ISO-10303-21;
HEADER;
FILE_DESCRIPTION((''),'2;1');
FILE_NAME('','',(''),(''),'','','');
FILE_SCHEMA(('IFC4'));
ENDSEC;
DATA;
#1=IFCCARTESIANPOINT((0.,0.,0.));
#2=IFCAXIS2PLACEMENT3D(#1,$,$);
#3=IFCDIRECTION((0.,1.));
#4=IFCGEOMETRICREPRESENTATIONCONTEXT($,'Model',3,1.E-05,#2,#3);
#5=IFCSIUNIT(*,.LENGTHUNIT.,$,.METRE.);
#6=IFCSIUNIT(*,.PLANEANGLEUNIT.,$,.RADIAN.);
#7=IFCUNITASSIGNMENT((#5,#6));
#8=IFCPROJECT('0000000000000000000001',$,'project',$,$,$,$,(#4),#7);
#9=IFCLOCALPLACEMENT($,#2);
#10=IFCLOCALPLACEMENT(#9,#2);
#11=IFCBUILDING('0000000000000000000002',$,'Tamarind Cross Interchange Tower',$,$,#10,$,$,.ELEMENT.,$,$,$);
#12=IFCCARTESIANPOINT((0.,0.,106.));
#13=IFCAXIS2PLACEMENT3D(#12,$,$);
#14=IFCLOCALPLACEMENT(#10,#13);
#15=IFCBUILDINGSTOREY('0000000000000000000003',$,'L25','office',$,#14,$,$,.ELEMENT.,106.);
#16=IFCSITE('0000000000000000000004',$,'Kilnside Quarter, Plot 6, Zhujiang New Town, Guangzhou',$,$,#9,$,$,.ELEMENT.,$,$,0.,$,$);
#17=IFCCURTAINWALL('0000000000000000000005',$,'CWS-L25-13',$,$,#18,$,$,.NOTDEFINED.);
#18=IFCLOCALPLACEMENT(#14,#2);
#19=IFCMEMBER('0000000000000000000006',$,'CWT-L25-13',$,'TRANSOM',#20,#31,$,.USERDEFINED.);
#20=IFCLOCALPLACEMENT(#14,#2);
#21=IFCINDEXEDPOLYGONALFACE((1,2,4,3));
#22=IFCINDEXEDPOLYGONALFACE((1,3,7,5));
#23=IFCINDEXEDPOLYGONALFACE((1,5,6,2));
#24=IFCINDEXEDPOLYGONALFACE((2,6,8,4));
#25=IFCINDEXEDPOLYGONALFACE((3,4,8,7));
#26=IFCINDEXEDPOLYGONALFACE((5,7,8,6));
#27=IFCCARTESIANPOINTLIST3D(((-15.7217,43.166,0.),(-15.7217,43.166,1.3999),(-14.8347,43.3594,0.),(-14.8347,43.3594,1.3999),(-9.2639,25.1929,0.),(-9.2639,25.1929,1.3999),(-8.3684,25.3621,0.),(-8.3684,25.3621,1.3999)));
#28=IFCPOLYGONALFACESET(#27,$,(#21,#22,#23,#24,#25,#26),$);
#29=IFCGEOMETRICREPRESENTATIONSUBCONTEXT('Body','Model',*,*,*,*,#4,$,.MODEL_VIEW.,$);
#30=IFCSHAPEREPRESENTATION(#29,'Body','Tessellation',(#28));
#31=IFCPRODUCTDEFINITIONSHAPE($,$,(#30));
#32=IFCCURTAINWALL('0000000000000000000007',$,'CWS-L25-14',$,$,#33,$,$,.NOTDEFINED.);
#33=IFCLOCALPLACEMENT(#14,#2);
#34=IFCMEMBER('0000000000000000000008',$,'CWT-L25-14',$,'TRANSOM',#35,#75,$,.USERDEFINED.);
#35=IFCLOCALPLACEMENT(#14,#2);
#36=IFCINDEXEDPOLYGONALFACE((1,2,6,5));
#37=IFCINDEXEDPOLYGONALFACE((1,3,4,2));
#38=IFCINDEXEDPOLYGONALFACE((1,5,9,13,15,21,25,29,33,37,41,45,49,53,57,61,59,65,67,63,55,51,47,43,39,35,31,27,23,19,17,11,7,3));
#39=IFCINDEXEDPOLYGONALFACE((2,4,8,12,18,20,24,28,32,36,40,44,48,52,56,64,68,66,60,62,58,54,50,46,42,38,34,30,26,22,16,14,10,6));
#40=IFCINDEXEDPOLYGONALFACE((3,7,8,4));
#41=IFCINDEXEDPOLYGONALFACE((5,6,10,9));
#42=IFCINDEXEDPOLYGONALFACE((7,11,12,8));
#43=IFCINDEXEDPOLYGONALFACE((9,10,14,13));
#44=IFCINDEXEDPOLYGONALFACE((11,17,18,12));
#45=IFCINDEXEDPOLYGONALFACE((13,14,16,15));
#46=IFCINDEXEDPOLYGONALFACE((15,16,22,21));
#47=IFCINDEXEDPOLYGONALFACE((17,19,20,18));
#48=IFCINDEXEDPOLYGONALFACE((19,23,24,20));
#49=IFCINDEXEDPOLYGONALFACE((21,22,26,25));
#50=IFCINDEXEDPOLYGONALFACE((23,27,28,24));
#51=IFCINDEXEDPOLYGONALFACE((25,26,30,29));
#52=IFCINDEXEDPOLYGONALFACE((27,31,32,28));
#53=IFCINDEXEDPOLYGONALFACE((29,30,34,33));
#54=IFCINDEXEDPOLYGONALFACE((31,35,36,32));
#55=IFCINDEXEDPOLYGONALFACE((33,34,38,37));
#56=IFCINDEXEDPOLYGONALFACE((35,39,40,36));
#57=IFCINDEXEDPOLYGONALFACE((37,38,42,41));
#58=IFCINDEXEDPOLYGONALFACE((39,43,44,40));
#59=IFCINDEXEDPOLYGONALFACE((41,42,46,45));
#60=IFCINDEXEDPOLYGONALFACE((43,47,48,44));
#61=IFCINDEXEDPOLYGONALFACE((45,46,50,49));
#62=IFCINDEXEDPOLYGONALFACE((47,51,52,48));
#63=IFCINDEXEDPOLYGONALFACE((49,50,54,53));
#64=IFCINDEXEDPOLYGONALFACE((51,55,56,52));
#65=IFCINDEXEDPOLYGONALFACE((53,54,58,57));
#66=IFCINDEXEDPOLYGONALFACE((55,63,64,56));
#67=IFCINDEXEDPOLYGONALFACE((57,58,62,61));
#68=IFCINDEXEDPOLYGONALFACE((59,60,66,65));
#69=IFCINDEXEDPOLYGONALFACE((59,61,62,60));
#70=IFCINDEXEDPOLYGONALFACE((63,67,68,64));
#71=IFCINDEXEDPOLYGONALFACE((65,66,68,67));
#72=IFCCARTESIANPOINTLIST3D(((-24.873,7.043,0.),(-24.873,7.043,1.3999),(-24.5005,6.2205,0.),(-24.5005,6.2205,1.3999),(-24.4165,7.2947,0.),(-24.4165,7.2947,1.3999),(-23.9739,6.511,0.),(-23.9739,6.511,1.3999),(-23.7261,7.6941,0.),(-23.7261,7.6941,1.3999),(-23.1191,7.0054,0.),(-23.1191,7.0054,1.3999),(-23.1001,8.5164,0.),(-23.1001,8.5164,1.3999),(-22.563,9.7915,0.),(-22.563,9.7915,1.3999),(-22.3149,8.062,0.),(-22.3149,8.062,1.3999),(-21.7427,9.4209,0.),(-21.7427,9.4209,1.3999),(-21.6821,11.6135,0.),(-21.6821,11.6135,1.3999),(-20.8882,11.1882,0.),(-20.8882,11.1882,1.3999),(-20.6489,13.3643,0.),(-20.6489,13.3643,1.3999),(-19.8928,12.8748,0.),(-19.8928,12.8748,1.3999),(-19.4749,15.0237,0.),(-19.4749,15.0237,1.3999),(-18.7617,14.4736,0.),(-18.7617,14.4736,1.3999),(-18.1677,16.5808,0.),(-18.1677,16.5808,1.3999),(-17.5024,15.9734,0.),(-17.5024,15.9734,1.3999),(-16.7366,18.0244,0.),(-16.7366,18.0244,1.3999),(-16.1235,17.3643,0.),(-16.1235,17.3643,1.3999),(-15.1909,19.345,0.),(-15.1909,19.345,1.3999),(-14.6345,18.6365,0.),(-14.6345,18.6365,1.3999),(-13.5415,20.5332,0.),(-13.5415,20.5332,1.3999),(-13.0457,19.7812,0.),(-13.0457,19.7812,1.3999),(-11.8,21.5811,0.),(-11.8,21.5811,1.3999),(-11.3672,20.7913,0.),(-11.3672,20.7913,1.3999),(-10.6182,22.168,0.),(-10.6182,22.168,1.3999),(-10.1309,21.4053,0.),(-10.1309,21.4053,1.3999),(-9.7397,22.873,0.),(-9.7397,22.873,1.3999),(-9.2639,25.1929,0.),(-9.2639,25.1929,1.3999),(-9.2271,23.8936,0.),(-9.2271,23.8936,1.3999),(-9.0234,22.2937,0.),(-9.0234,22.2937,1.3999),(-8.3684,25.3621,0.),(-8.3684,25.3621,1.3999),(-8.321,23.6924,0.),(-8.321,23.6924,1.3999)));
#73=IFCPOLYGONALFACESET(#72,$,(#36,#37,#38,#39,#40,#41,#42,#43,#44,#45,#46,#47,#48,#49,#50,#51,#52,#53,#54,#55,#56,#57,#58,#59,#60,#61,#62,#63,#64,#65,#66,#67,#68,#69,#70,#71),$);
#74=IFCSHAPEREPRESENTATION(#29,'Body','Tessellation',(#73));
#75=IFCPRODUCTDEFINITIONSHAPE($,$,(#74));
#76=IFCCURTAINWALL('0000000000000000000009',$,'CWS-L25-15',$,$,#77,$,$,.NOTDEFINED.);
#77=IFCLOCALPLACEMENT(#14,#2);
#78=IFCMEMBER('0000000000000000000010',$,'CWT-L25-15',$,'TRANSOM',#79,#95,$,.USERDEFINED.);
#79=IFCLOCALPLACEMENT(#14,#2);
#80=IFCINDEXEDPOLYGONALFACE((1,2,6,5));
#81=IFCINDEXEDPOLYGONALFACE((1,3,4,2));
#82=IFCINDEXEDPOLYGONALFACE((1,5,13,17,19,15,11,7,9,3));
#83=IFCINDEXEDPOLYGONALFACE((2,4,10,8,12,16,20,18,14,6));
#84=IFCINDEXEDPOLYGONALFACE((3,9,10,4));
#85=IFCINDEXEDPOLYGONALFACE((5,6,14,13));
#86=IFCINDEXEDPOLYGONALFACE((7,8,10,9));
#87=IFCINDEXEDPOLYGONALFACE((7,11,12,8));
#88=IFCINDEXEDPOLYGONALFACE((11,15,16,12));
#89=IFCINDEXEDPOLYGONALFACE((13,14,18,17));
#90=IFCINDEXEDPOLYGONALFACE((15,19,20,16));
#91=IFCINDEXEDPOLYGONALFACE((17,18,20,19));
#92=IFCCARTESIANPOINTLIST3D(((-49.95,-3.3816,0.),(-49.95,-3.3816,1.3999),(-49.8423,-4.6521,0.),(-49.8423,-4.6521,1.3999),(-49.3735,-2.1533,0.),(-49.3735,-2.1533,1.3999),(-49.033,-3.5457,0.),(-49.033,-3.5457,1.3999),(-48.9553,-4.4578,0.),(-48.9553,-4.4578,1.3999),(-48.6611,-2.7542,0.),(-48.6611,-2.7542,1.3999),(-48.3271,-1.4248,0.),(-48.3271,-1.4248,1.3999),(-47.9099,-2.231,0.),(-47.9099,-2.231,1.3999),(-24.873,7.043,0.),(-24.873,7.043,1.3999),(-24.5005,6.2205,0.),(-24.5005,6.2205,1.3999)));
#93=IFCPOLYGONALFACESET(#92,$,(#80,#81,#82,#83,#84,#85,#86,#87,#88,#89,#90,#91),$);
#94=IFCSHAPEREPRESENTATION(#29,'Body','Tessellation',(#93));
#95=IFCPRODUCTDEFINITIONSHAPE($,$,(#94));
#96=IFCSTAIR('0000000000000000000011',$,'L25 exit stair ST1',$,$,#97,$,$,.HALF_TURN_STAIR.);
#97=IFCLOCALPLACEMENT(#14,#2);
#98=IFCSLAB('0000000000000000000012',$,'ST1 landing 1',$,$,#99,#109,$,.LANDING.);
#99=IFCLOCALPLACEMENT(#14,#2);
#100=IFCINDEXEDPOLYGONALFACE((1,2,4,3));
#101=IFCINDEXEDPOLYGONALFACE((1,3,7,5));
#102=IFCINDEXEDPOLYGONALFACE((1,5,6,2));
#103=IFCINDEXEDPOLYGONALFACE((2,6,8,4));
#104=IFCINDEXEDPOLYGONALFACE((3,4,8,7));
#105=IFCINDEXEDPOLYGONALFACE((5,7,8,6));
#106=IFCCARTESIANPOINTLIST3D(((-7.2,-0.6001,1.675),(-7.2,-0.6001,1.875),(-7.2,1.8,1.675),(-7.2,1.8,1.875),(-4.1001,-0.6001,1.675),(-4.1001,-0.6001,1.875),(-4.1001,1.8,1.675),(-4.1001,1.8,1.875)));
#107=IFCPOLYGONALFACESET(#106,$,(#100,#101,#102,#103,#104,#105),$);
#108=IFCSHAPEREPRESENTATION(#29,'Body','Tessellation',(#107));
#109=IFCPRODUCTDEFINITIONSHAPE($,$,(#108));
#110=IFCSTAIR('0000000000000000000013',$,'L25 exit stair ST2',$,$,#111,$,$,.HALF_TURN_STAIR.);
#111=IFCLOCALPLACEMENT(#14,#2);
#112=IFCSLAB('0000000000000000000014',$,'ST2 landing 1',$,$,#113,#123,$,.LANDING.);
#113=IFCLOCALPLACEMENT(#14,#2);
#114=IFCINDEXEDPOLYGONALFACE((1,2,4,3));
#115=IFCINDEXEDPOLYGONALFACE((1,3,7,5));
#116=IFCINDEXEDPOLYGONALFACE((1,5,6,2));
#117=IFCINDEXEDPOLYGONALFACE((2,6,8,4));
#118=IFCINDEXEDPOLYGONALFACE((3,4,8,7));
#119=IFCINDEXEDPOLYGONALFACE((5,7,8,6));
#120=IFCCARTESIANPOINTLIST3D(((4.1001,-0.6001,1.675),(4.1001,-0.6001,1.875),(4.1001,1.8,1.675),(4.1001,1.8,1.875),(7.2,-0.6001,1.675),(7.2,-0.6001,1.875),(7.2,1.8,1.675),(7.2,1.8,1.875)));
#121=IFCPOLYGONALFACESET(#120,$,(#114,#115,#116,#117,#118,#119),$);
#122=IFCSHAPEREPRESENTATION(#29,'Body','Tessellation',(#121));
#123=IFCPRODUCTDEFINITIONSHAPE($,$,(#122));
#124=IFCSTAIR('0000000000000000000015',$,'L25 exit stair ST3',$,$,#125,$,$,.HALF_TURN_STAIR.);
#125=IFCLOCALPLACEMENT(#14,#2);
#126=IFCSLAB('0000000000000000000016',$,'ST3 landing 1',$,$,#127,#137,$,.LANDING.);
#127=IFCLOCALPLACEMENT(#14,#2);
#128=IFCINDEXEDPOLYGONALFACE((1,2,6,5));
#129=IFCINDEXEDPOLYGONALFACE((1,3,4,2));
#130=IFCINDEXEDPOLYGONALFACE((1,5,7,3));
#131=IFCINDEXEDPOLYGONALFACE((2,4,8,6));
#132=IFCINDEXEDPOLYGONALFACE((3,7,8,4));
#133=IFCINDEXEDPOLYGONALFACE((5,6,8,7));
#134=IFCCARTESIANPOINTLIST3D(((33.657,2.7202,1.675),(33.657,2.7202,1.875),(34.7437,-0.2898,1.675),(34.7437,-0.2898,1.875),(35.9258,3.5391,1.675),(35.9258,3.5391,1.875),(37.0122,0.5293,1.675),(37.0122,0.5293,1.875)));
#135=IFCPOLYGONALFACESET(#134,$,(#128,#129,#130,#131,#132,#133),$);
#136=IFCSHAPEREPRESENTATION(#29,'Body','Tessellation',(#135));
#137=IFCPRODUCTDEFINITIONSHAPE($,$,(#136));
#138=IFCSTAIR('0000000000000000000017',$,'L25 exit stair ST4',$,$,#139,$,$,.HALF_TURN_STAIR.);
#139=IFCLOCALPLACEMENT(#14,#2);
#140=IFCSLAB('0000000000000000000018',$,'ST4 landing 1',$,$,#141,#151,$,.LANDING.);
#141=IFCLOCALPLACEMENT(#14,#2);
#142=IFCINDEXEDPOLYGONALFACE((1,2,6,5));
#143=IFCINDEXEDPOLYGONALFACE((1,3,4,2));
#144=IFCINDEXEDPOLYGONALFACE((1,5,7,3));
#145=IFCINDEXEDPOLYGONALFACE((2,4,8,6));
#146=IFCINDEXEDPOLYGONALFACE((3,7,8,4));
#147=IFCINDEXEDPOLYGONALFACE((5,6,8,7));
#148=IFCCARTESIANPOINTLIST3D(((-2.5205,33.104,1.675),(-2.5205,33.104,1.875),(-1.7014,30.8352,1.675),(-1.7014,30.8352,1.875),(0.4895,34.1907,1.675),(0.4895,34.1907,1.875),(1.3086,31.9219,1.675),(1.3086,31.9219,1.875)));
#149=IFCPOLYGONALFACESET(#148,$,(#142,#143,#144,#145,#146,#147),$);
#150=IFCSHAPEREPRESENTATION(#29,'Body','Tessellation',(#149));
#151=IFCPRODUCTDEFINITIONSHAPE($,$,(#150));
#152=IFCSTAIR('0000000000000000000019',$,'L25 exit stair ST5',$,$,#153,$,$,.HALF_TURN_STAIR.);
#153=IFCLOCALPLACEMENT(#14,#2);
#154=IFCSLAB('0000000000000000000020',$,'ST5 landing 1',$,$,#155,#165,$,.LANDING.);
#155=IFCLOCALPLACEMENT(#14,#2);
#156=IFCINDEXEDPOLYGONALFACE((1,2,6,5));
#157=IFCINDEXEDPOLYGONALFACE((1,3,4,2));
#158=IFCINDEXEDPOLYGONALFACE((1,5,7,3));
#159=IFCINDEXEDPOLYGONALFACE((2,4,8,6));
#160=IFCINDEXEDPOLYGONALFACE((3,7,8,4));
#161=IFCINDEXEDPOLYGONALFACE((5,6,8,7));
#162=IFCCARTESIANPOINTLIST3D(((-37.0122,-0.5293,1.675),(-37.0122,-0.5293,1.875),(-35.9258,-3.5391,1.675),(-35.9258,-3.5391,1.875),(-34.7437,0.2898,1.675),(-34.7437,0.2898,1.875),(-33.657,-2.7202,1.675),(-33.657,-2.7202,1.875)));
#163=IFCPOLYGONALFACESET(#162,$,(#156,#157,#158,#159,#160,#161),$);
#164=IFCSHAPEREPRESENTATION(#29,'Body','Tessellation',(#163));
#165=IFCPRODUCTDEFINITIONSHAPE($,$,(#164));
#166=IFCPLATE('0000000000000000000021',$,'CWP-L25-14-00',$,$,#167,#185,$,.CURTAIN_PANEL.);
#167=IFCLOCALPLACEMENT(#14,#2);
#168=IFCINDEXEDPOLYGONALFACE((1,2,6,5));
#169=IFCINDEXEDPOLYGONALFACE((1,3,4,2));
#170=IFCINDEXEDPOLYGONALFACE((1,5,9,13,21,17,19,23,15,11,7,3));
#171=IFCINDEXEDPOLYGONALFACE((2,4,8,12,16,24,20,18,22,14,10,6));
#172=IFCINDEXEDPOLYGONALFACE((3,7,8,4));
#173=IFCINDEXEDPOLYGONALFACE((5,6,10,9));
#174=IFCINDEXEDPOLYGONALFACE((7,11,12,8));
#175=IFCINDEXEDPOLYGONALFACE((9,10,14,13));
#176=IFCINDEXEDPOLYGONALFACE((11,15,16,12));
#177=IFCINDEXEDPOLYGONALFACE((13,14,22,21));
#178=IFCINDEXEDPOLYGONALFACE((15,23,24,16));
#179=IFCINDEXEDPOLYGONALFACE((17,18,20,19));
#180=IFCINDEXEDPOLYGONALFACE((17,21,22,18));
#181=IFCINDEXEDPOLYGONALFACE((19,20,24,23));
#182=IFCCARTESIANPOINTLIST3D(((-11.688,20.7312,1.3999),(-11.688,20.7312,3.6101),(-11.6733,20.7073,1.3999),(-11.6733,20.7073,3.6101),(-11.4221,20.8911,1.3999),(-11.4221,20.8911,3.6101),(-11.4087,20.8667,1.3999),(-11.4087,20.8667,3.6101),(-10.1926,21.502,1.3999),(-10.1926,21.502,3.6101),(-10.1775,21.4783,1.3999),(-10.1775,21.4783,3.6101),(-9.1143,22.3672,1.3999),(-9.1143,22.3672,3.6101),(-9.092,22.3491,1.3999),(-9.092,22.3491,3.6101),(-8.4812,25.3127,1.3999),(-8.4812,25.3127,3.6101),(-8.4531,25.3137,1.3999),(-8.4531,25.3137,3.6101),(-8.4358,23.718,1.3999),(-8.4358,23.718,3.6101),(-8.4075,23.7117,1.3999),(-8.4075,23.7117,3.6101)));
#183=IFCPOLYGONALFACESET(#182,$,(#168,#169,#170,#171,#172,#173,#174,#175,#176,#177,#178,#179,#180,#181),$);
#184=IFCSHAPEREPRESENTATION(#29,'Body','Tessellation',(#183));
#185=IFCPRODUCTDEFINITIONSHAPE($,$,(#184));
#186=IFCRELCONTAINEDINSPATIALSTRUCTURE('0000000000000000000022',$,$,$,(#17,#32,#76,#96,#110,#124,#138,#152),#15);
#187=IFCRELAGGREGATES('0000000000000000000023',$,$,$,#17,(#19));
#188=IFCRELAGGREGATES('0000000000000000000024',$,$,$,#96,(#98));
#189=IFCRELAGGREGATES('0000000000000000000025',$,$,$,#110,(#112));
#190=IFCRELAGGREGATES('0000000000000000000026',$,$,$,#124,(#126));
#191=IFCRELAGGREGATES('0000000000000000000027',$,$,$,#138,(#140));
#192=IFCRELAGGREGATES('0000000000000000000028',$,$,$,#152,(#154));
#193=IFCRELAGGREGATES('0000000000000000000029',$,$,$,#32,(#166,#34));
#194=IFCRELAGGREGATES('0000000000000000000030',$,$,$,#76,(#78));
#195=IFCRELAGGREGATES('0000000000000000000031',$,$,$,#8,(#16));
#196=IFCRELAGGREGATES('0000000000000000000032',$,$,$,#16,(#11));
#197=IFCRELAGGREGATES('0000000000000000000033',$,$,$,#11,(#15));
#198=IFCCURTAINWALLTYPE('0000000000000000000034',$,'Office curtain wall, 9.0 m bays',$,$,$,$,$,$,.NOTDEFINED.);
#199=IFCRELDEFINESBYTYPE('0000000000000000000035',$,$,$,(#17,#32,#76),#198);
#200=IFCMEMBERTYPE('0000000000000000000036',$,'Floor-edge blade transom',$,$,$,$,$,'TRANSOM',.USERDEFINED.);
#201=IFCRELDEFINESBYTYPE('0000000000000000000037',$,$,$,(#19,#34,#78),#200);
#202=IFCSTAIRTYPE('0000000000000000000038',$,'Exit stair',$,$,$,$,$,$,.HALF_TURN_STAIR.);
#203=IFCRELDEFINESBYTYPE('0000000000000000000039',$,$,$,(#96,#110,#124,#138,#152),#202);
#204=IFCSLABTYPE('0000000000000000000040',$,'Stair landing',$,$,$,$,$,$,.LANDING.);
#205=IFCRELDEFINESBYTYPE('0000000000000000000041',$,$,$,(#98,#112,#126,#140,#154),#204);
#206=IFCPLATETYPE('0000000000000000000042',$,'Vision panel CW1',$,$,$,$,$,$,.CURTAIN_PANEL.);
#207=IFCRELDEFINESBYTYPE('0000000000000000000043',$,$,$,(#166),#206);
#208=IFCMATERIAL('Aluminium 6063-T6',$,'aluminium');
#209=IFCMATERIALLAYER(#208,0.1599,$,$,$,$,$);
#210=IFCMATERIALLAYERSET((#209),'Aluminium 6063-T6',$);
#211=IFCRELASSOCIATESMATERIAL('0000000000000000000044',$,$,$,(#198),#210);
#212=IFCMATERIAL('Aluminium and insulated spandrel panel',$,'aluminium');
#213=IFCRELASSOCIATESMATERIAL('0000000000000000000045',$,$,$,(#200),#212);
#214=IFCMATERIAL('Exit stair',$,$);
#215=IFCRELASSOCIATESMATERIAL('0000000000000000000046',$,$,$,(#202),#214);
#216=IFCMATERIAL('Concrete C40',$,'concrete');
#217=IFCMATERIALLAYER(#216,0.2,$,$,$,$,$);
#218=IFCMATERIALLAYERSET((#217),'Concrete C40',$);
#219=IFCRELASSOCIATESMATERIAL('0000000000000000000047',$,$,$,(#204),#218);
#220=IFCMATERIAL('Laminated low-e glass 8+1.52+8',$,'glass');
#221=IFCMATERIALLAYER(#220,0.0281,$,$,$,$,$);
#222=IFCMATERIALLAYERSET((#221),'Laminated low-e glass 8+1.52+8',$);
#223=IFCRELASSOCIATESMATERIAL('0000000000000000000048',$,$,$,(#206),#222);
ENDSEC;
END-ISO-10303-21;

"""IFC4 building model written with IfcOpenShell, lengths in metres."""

from ifc_helpers import new_model, si_unit, direction, frame, origin, place, context, subcontext, project, spatial, polyline, outline, extrude, material, layer, layer_set, type_object, element, aggregate, save


model = new_model("IFC4")

# Units and contexts
model_context = context("Model", 3, precision=1e-05, world=origin(), true_north=direction((0.0, 1.0)))
body_context = subcontext(model_context, "Body", "Model", "MODEL_VIEW")
ifc_project = project(units=[si_unit("LENGTHUNIT", "METRE"), si_unit("PLANEANGLEUNIT", "RADIAN")], contexts=[model_context])

# Site, building, storey
site_placement = place(None, origin())
site = spatial("IfcSite", under=ifc_project, at=site_placement, Name="Kilnside Quarter, Plot 6, Zhujiang New Town, Guangzhou", CompositionType="ELEMENT", RefElevation=0.0)
building_placement = place(site_placement, origin())
building = spatial("IfcBuilding", under=site, at=building_placement, Name="Tamarind Cross Interchange Tower", CompositionType="ELEMENT")
storey_placement = place(building_placement, frame((0.0, 0.0, 106.0)))
storey = spatial("IfcBuildingStorey", under=building, at=storey_placement, Name="L25", Description="office", CompositionType="ELEMENT", Elevation=106.0)

# Curtain walls, members
ifc_material_1 = material(Name="Aluminium 6063-T6", Category="aluminium")
ifc_layer_1 = layer(ifc_material_1, 0.1599)
ifc_layer_set_1 = layer_set([ifc_layer_1], Name="Aluminium 6063-T6")
curtain_wall_type = type_object("IfcCurtainWallType", Name="Office curtain wall, 9.0 m bays", PredefinedType="NOTDEFINED", material=ifc_layer_set_1)
curtain_wall_1_placement = place(storey_placement, origin())
curtain_wall_1 = element("IfcCurtainWall", 1, at=curtain_wall_1_placement, inside=storey, type_object=curtain_wall_type, Name="CWS-L25-13", PredefinedType="NOTDEFINED")
ifc_material_2 = material(Name="Aluminium and insulated spandrel panel", Category="aluminium")
member_type = type_object("IfcMemberType", Name="Floor-edge blade transom", ElementType="TRANSOM", PredefinedType="USERDEFINED", material=ifc_material_2)
member_1_placement = place(storey_placement, origin())
member_1 = element("IfcMember", 2, at=member_1_placement, type_object=member_type, Name="CWT-L25-13", ObjectType="TRANSOM", PredefinedType="USERDEFINED", context=body_context, shape_type="SweptSolid", body=[
    extrude(outline(polyline([(-14.8347, 43.3594), (-8.3684, 25.3621), (-9.2639, 25.1929), (-15.7217, 43.166), (-14.8347, 43.3594)])), origin(), (0.0, 0.0, 1.0), 1.3999),
])
aggregate(curtain_wall_1, [member_1])
curtain_wall_2_placement = place(storey_placement, origin())
curtain_wall_2 = element("IfcCurtainWall", 3, at=curtain_wall_2_placement, inside=storey, type_object=curtain_wall_type, Name="CWS-L25-14", PredefinedType="NOTDEFINED")
member_2_placement = place(storey_placement, origin())
member_2 = element("IfcMember", 4, at=member_2_placement, type_object=member_type, Name="CWT-L25-14", ObjectType="TRANSOM", PredefinedType="USERDEFINED", context=body_context, shape_type="SweptSolid", body=[
    extrude(outline(polyline([(-8.3684, 25.3621), (-8.321, 23.6924), (-9.0234, 22.2937), (-10.1309, 21.4053), (-11.3672, 20.7913), (-13.0457, 19.7812), (-14.6345, 18.6365), (-16.1235, 17.3643), (-17.5024, 15.9734), (-18.7617, 14.4736), (-19.8928, 12.8748), (-20.8882, 11.1882), (-21.7427, 9.4209), (-22.3149, 8.062), (-23.1191, 7.0054), (-23.9739, 6.511), (-24.5005, 6.2205), (-24.873, 7.043), (-24.4165, 7.2947), (-23.7261, 7.6941), (-23.1001, 8.5164), (-22.563, 9.7915), (-21.6821, 11.6135), (-20.6489, 13.3643), (-19.4749, 15.0237), (-18.1677, 16.5808), (-16.7366, 18.0244), (-15.1909, 19.345), (-13.5415, 20.5332), (-11.8, 21.5811), (-10.6182, 22.168), (-9.7397, 22.873), (-9.2271, 23.8936), (-9.2639, 25.1929), (-8.3684, 25.3621)])), origin(), (0.0, 0.0, 1.0), 1.3999),
])
curtain_wall_3_placement = place(storey_placement, origin())
curtain_wall_3 = element("IfcCurtainWall", 5, at=curtain_wall_3_placement, inside=storey, type_object=curtain_wall_type, Name="CWS-L25-15", PredefinedType="NOTDEFINED")
member_3_placement = place(storey_placement, origin())
member_3 = element("IfcMember", 6, at=member_3_placement, type_object=member_type, Name="CWT-L25-15", ObjectType="TRANSOM", PredefinedType="USERDEFINED", context=body_context, shape_type="SweptSolid", body=[
    extrude(outline(polyline([(-24.5005, 6.2205), (-47.9099, -2.231), (-48.6611, -2.7542), (-49.033, -3.5457), (-48.9553, -4.4578), (-49.8423, -4.6521), (-49.95, -3.3816), (-49.3735, -2.1533), (-48.3271, -1.4248), (-24.873, 7.043), (-24.5005, 6.2205)])), origin(), (0.0, 0.0, 1.0), 1.3999),
])

# Stairs, slabs
ifc_material_3 = material(Name="Exit stair")
stair_type = type_object("IfcStairType", Name="Exit stair", PredefinedType="HALF_TURN_STAIR", material=ifc_material_3)
stair_1_placement = place(storey_placement, origin())
stair_1 = element("IfcStair", 7, at=stair_1_placement, inside=storey, type_object=stair_type, Name="L25 exit stair ST1", PredefinedType="HALF_TURN_STAIR")
ifc_material_4 = material(Name="Concrete C40", Category="concrete")
ifc_layer_2 = layer(ifc_material_4, 0.2)
ifc_layer_set_2 = layer_set([ifc_layer_2], Name="Concrete C40")
slab_type = type_object("IfcSlabType", Name="Stair landing", PredefinedType="LANDING", material=ifc_layer_set_2)
slab_1_placement = place(storey_placement, frame((0.0, 0.0, 1.675)))
slab_1 = element("IfcSlab", 8, at=slab_1_placement, type_object=slab_type, Name="ST1 landing 1", PredefinedType="LANDING", context=body_context, shape_type="SweptSolid", body=[
    extrude(outline(polyline([(-4.1001, -0.6001), (-4.1001, 1.8), (-7.2, 1.8), (-7.2, -0.6001), (-4.1001, -0.6001)])), origin(), (0.0, 0.0, 1.0), 0.2),
])
aggregate(stair_1, [slab_1])
stair_2_placement = place(storey_placement, origin())
stair_2 = element("IfcStair", 9, at=stair_2_placement, inside=storey, type_object=stair_type, Name="L25 exit stair ST2", PredefinedType="HALF_TURN_STAIR")
slab_2_placement = place(storey_placement, frame((0.0, 0.0, 1.675)))
slab_2 = element("IfcSlab", 10, at=slab_2_placement, type_object=slab_type, Name="ST2 landing 1", PredefinedType="LANDING", context=body_context, shape_type="SweptSolid", body=[
    extrude(outline(polyline([(7.2, -0.6001), (7.2, 1.8), (4.1001, 1.8), (4.1001, -0.6001), (7.2, -0.6001)])), origin(), (0.0, 0.0, 1.0), 0.2),
])
aggregate(stair_2, [slab_2])
stair_3_placement = place(storey_placement, origin())
stair_3 = element("IfcStair", 11, at=stair_3_placement, inside=storey, type_object=stair_type, Name="L25 exit stair ST3", PredefinedType="HALF_TURN_STAIR")
slab_3_placement = place(storey_placement, frame((0.0, 0.0, 1.675)))
slab_3 = element("IfcSlab", 12, at=slab_3_placement, type_object=slab_type, Name="ST3 landing 1", PredefinedType="LANDING", context=body_context, shape_type="SweptSolid", body=[
    extrude(outline(polyline([(34.7437, -0.2898), (37.0122, 0.5293), (35.9258, 3.5391), (33.657, 2.7202), (34.7437, -0.2898)])), origin(), (0.0, 0.0, 1.0), 0.2),
])
aggregate(stair_3, [slab_3])
stair_4_placement = place(storey_placement, origin())
stair_4 = element("IfcStair", 13, at=stair_4_placement, inside=storey, type_object=stair_type, Name="L25 exit stair ST4", PredefinedType="HALF_TURN_STAIR")
slab_4_placement = place(storey_placement, frame((0.0, 0.0, 1.675)))
slab_4 = element("IfcSlab", 14, at=slab_4_placement, type_object=slab_type, Name="ST4 landing 1", PredefinedType="LANDING", context=body_context, shape_type="SweptSolid", body=[
    extrude(outline(polyline([(1.3086, 31.9219), (0.4895, 34.1907), (-2.5205, 33.104), (-1.7014, 30.8352), (1.3086, 31.9219)])), origin(), (0.0, 0.0, 1.0), 0.2),
])
aggregate(stair_4, [slab_4])
stair_5_placement = place(storey_placement, origin())
stair_5 = element("IfcStair", 15, at=stair_5_placement, inside=storey, type_object=stair_type, Name="L25 exit stair ST5", PredefinedType="HALF_TURN_STAIR")
slab_5_placement = place(storey_placement, frame((0.0, 0.0, 1.675)))
slab_5 = element("IfcSlab", 16, at=slab_5_placement, type_object=slab_type, Name="ST5 landing 1", PredefinedType="LANDING", context=body_context, shape_type="SweptSolid", body=[
    extrude(outline(polyline([(-34.7437, 0.2898), (-37.0122, -0.5293), (-35.9258, -3.5391), (-33.657, -2.7202), (-34.7437, 0.2898)])), origin(), (0.0, 0.0, 1.0), 0.2),
])
aggregate(stair_5, [slab_5])

# Plate
ifc_material_5 = material(Name="Laminated low-e glass 8+1.52+8", Category="glass")
ifc_layer_3 = layer(ifc_material_5, 0.0281)
ifc_layer_set_3 = layer_set([ifc_layer_3], Name="Laminated low-e glass 8+1.52+8")
plate_type = type_object("IfcPlateType", Name="Vision panel CW1", PredefinedType="CURTAIN_PANEL", material=ifc_layer_set_3)
plate_1_placement = place(storey_placement, frame((0.0, 0.0, 1.3999)))
plate_1 = element("IfcPlate", 17, at=plate_1_placement, type_object=plate_type, Name="CWP-L25-14-00", PredefinedType="CURTAIN_PANEL", context=body_context, shape_type="SweptSolid", body=[
    extrude(outline(polyline([(-8.4531, 25.3137), (-8.4075, 23.7117), (-9.092, 22.3491), (-10.1775, 21.4783), (-11.4087, 20.8667), (-11.6733, 20.7073), (-11.688, 20.7312), (-11.4221, 20.8911), (-10.1926, 21.502), (-9.1143, 22.3672), (-8.4358, 23.718), (-8.4812, 25.3127), (-8.4531, 25.3137)])), origin(), (0.0, 0.0, 1.0), 2.2102),
])
aggregate(curtain_wall_2, [plate_1, member_2])
aggregate(curtain_wall_3, [member_3])

save(model, "model.ifc")
